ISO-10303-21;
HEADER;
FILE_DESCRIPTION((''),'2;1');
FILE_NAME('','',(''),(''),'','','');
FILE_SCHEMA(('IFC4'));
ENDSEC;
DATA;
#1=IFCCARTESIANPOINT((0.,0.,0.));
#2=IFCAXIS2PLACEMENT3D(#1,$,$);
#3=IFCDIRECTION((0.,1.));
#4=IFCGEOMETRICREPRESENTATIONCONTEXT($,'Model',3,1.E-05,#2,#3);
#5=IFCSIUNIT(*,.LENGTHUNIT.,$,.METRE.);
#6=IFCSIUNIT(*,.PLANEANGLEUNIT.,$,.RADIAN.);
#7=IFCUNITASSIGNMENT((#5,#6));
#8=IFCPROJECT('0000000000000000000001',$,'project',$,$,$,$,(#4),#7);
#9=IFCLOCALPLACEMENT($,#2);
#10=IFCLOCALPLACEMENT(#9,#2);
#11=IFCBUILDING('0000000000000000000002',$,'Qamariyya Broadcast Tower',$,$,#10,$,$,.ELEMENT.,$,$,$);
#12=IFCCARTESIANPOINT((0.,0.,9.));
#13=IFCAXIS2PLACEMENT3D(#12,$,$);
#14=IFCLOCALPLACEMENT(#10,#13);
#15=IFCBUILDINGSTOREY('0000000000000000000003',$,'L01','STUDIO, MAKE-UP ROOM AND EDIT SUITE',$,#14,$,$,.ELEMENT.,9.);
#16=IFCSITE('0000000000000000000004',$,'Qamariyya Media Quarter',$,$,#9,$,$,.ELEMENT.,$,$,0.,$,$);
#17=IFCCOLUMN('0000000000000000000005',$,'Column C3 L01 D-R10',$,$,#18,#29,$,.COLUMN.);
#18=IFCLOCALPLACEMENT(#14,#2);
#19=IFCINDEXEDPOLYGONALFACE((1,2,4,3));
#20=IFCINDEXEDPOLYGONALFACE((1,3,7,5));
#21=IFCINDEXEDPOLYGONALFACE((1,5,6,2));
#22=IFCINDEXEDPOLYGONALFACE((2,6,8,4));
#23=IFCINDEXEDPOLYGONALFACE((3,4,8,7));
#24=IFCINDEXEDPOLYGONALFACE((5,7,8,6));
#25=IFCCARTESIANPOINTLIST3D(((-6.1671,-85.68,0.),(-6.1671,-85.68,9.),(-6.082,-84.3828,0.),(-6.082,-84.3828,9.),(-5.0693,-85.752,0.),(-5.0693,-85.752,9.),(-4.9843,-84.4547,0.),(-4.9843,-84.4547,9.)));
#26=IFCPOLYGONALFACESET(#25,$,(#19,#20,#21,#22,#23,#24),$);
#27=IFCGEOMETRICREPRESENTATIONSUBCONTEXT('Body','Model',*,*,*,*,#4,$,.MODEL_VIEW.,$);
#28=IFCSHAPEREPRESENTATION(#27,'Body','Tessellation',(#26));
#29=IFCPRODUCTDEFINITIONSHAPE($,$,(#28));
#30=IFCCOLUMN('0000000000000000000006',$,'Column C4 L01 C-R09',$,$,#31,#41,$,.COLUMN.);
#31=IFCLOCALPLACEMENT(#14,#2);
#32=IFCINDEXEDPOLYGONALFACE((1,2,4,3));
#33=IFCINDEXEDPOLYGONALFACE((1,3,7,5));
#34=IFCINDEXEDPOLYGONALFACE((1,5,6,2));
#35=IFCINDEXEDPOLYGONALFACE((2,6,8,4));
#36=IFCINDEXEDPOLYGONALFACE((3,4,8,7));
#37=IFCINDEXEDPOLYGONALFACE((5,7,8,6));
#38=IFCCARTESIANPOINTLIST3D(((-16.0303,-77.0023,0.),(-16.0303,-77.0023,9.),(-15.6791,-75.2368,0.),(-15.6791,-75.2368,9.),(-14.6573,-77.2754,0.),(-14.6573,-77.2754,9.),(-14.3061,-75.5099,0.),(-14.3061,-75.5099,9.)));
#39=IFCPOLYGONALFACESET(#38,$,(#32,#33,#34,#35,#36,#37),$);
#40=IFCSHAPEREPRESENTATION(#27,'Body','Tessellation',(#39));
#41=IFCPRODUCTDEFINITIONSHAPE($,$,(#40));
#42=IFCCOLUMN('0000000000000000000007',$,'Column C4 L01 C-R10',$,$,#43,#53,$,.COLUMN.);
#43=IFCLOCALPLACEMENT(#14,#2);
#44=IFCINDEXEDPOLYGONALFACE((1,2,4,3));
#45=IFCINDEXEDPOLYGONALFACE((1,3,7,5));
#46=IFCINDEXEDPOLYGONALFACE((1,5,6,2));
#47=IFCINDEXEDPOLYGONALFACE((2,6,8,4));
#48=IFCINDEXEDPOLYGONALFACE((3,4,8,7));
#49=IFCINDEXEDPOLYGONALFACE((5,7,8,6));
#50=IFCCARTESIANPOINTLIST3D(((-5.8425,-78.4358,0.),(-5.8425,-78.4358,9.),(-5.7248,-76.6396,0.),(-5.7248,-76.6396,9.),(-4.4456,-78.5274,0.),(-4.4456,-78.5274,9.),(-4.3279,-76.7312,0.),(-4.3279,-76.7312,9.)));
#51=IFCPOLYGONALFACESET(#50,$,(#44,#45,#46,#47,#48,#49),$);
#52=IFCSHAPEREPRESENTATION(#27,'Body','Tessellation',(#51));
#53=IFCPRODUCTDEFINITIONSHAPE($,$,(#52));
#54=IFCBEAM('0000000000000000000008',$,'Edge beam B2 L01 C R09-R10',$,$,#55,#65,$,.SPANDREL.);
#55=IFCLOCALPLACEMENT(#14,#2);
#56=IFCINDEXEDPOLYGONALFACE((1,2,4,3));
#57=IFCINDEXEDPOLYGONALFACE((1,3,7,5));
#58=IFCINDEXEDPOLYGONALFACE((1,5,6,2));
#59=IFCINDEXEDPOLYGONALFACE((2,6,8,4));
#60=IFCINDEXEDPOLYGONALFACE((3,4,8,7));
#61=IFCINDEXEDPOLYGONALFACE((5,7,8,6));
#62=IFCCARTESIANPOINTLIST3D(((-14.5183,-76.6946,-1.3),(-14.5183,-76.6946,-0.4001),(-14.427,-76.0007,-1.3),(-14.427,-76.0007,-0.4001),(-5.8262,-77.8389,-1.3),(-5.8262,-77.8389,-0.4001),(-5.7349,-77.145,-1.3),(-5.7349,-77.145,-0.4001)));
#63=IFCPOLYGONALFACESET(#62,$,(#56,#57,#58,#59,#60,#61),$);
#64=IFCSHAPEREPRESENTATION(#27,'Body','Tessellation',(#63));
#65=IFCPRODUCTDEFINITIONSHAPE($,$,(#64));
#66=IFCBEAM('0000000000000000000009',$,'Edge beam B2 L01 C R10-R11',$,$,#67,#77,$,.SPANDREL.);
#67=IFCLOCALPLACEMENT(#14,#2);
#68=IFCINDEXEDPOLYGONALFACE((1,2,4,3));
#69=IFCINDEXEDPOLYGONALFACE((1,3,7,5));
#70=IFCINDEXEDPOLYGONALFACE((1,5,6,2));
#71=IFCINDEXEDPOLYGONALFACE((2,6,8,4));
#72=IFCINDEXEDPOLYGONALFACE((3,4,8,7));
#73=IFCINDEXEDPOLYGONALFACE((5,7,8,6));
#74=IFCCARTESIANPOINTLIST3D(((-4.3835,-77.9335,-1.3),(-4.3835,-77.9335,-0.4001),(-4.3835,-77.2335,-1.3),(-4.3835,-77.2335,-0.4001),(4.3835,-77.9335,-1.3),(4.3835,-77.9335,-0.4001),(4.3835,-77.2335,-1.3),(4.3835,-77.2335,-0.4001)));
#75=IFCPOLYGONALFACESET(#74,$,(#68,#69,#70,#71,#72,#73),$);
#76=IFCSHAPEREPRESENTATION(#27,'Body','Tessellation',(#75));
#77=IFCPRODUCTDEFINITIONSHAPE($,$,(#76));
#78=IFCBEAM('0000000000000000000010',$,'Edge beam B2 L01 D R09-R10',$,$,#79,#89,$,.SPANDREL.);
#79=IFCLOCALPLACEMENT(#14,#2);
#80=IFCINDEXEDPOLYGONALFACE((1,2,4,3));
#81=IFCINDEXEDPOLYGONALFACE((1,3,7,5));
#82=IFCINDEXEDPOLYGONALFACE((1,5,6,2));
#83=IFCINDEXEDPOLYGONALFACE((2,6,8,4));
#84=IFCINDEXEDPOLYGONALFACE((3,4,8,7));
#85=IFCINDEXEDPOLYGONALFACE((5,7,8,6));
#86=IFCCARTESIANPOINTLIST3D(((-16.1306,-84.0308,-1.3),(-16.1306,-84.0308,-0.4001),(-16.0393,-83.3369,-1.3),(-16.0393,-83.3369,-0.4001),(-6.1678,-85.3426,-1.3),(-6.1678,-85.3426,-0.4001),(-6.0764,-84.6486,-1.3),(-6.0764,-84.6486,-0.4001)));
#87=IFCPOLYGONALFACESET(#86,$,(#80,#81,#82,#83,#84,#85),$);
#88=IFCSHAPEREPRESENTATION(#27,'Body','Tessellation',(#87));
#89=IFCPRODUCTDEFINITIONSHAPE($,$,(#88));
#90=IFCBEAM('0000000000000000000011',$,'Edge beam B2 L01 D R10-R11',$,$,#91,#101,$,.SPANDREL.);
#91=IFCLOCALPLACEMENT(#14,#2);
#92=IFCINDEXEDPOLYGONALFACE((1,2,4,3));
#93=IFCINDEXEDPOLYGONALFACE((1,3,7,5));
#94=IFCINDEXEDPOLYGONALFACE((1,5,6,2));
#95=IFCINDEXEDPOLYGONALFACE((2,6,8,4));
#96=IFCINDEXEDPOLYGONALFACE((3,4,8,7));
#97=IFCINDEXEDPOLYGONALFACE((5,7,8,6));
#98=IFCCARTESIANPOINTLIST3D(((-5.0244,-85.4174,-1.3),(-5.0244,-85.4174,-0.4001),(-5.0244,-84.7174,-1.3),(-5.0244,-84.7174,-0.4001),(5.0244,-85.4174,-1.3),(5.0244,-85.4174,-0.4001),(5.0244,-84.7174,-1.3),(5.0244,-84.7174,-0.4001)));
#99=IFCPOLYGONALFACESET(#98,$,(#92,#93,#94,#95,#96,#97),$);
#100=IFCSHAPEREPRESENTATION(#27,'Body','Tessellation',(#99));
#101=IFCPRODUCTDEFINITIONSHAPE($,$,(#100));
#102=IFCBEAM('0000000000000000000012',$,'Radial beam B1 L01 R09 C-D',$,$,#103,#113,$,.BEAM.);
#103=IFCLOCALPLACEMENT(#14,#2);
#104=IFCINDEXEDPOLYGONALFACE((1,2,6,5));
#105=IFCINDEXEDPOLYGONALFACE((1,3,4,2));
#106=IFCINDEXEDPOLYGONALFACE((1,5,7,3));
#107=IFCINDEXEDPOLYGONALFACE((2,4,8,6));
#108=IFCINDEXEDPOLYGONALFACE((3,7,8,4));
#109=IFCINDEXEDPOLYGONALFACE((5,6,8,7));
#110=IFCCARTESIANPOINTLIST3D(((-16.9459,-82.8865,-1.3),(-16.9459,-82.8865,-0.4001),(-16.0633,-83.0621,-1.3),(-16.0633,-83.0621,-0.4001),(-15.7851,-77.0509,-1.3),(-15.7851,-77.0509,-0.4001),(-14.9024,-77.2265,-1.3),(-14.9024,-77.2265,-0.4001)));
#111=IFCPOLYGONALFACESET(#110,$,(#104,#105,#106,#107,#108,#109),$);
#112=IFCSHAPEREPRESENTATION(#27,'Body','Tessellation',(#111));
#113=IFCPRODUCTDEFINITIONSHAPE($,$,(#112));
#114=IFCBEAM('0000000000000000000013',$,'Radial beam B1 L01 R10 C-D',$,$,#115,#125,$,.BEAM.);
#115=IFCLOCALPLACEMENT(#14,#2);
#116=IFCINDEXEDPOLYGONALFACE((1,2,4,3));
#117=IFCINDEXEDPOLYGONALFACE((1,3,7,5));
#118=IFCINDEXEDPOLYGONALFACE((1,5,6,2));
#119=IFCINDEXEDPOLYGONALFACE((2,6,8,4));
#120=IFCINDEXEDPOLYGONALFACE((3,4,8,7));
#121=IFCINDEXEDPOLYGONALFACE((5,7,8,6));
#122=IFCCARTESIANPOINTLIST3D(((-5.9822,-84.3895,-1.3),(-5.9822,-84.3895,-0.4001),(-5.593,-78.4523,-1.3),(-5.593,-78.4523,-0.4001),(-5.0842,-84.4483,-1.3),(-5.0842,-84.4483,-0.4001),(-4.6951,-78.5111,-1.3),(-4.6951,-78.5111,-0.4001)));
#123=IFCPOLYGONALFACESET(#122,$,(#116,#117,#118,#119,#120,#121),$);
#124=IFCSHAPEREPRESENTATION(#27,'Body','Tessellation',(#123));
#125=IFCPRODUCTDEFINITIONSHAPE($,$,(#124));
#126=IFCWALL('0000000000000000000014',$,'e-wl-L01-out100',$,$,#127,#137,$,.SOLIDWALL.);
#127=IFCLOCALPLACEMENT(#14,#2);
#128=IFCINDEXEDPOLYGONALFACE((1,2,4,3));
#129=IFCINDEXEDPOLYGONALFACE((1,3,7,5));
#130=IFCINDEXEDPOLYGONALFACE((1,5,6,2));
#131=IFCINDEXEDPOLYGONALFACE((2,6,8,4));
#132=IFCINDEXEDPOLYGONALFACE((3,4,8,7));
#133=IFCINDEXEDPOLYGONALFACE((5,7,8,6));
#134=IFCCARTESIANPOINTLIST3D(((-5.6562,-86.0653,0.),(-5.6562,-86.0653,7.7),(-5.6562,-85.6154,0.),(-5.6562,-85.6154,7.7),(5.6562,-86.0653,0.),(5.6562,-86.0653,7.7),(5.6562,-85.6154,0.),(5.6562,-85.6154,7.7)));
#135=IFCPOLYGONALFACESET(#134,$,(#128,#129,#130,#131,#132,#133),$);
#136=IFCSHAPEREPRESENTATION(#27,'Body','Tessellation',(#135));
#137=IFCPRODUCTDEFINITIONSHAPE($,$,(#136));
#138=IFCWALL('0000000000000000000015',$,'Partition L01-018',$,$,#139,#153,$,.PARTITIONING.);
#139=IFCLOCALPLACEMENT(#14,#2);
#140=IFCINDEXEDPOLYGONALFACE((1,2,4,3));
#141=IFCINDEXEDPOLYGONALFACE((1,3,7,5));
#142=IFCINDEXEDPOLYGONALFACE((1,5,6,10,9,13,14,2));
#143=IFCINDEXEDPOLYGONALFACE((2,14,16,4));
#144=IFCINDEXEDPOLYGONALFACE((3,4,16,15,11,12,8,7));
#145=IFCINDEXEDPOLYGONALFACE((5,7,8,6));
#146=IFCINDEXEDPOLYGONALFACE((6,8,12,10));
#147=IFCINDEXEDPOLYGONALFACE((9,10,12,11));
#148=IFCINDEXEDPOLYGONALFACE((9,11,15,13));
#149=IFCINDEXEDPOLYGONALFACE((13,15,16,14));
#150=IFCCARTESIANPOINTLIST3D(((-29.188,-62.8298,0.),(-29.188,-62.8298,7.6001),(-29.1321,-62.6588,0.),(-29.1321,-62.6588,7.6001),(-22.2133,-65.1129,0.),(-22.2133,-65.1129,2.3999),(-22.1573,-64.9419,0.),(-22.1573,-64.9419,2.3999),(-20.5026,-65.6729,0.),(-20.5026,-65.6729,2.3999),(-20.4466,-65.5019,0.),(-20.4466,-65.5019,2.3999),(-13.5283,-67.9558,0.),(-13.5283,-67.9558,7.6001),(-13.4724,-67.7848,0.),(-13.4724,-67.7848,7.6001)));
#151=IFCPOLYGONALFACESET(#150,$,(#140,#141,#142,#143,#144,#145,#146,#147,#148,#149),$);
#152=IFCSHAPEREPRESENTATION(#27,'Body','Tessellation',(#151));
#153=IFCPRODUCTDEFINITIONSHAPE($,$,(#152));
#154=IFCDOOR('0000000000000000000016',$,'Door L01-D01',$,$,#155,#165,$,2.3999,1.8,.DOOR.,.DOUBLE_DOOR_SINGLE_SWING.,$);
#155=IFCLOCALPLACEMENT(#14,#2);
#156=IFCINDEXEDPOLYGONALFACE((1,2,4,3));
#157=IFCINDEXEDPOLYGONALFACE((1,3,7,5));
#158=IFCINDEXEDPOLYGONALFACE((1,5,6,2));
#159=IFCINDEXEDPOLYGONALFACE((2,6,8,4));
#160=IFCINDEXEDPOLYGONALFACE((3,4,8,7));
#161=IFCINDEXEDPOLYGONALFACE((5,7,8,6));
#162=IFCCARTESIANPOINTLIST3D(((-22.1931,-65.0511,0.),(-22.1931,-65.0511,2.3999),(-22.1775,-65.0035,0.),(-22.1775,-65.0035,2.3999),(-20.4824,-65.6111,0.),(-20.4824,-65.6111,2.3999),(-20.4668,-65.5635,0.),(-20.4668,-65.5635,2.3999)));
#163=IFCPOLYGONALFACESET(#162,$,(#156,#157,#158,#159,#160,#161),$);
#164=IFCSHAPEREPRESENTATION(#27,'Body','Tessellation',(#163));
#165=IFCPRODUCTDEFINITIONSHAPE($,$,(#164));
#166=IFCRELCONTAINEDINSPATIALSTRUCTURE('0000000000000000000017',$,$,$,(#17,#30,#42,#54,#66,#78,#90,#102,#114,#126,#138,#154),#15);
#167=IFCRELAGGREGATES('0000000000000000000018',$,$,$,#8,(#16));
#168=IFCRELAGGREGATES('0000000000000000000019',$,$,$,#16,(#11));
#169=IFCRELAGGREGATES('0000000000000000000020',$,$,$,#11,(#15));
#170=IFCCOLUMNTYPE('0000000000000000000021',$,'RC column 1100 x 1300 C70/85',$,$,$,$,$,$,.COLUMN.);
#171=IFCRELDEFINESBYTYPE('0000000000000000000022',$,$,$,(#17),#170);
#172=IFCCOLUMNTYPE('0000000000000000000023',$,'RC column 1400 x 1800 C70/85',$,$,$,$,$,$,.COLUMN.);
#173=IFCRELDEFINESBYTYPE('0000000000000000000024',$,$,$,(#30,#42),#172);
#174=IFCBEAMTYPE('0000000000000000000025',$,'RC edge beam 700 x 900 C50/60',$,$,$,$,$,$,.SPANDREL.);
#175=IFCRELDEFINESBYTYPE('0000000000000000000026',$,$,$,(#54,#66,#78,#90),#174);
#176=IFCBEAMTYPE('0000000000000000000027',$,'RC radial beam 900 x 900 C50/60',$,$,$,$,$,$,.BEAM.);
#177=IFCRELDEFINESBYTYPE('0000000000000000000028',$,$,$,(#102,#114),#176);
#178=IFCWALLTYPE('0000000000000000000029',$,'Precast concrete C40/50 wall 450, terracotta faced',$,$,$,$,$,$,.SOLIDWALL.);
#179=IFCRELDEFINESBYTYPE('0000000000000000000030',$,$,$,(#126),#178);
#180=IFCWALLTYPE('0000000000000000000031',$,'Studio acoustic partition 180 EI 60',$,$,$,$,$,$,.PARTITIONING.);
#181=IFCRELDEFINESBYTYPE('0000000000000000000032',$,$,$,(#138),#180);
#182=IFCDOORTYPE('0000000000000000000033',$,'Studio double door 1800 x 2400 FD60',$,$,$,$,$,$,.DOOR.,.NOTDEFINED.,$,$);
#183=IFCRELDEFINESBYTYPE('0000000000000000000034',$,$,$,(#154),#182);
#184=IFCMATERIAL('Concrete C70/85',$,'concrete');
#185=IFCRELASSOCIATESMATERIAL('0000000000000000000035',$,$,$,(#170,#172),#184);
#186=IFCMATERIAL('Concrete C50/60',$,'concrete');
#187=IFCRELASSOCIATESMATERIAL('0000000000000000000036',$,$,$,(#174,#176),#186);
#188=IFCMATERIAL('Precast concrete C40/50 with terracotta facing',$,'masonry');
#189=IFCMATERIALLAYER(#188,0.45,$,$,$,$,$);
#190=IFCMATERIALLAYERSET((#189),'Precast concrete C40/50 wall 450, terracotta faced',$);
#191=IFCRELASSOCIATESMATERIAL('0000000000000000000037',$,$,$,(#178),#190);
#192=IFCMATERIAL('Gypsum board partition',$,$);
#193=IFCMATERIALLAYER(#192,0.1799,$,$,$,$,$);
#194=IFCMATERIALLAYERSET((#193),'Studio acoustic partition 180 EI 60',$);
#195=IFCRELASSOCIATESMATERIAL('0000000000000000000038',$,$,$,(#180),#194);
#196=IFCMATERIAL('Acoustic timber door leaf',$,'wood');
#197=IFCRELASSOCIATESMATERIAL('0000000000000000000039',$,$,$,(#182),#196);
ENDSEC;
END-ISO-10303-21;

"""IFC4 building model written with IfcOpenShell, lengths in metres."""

from ifc_helpers import new_model, si_unit, direction, frame, frame_2d, origin, origin_2d, place, context, subcontext, project, spatial, rectangle, extrude, material, layer, layer_set, material_profile, profile_set, type_object, element, fill, save


model = new_model("IFC4")

# Units and contexts
model_context = context("Model", 3, precision=1e-05, world=origin(), true_north=direction((0.0, 1.0)))
body_context = subcontext(model_context, "Body", "Model", "MODEL_VIEW")
ifc_project = project(units=[si_unit("LENGTHUNIT", "METRE"), si_unit("PLANEANGLEUNIT", "RADIAN")], contexts=[model_context])

# Site, building, storey
site_placement = place(None, origin())
site = spatial("IfcSite", under=ifc_project, at=site_placement, Name="Qamariyya Media Quarter", CompositionType="ELEMENT", RefElevation=0.0)
building_placement = place(site_placement, origin())
building = spatial("IfcBuilding", under=site, at=building_placement, Name="Qamariyya Broadcast Tower", CompositionType="ELEMENT")
storey_placement = place(building_placement, frame((0.0, 0.0, 9.0)))
storey = spatial("IfcBuildingStorey", under=building, at=storey_placement, Name="L01", Description="STUDIO, MAKE-UP ROOM AND EDIT SUITE", CompositionType="ELEMENT", Elevation=9.0)

# Columns
ifc_material_1 = material(Name="Concrete C70/85", Category="concrete")
ifc_material_profile_1 = material_profile(ifc_material_1, rectangle(XDim=1.1001, YDim=1.3, at=origin_2d()))
ifc_profile_set_1 = profile_set([ifc_material_profile_1], Name="Concrete C70/85")
column_type_1 = type_object("IfcColumnType", Name="RC column 1100 x 1300 C70/85", PredefinedType="COLUMN", material=ifc_profile_set_1)
column_placement = place(storey_placement, frame((-5.5757, -85.0674, 0.0), z_axis=(0.0, 0.0, 1.0), x_axis=(0.997859, -0.065403, 0.0)))
element("IfcColumn", 1, at=column_placement, inside=storey, type_object=column_type_1, Name="Column C3 L01 D-R10", PredefinedType="COLUMN", context=body_context, shape_type="SweptSolid", body=[
    extrude(rectangle(XDim=1.1001, YDim=1.3, at=origin_2d()), origin(), (0.0, 0.0, 1.0), 9.0),
])
ifc_material_profile_2 = material_profile(ifc_material_1, rectangle(XDim=1.3999, YDim=1.8, at=origin_2d()))
ifc_profile_set_2 = profile_set([ifc_material_profile_2], Name="Concrete C70/85")
column_type_2 = type_object("IfcColumnType", Name="RC column 1400 x 1800 C70/85", PredefinedType="COLUMN", material=ifc_profile_set_2)
for number, where, z_axis, x_axis, name in (
    (2, (-15.1682, -76.2561, 0.0), (0.0, 0.0, 1.0), (0.980785, -0.19509, 0.0), "Column C4 L01 C-R09"),
    (3, (-5.0852, -77.5835, 0.0), (0.0, 0.0, 1.0), (0.997859, -0.065403, 0.0), "Column C4 L01 C-R10"),
):
    element("IfcColumn", number, at=place(storey_placement, frame(where, z_axis=z_axis, x_axis=x_axis)), inside=storey, type_object=column_type_2, Name=name, PredefinedType="COLUMN", context=body_context, shape_type="SweptSolid", body=[
        extrude(rectangle(XDim=1.3999, YDim=1.8, at=origin_2d()), origin(), (0.0, 0.0, 1.0), 9.0),
    ])

# Beams
ifc_material_2 = material(Name="Concrete C50/60", Category="concrete")
ifc_material_profile_3 = material_profile(ifc_material_2, rectangle(XDim=0.7, YDim=0.8999, at=origin_2d()))
ifc_profile_set_3 = profile_set([ifc_material_profile_3], Name="Concrete C50/60")
beam_type_1 = type_object("IfcBeamType", Name="RC edge beam 700 x 900 C50/60", PredefinedType="SPANDREL", material=ifc_profile_set_3)
for number, where, z_axis, x_axis, name in (
    (4, (-14.4727, -76.3477, -0.8501), (0.991446, -0.13052, 0.0), (0.13052, 0.991446, 0.0), "Edge beam B2 L01 C R09-R10"),
    (5, (-4.3835, -77.5835, -0.8501), (1.0, 0.0, 0.0), (0.0, 1.0, 0.0), "Edge beam B2 L01 C R10-R11"),
):
    element("IfcBeam", number, at=place(storey_placement, frame(where, z_axis=z_axis, x_axis=x_axis)), inside=storey, type_object=beam_type_1, Name=name, PredefinedType="SPANDREL", context=body_context, shape_type="SweptSolid", body=[
        extrude(rectangle(XDim=0.7, YDim=0.8999, at=origin_2d()), origin(), (0.0, 0.0, 1.0), 8.7671),
    ])
for number, where, z_axis, x_axis, name in (
    (6, (-16.085, -83.6838, -0.8501), (0.991443, -0.130539, 0.0), (0.130539, 0.991443, 0.0), "Edge beam B2 L01 D R09-R10"),
    (7, (-5.0244, -85.0674, -0.8501), (1.0, 0.0, 0.0), (0.0, 1.0, 0.0), "Edge beam B2 L01 D R10-R11"),
):
    element("IfcBeam", number, at=place(storey_placement, frame(where, z_axis=z_axis, x_axis=x_axis)), inside=storey, type_object=beam_type_1, Name=name, PredefinedType="SPANDREL", context=body_context, shape_type="SweptSolid", body=[
        extrude(rectangle(XDim=0.7, YDim=0.8999, at=origin_2d()), origin(), (0.0, 0.0, 1.0), 10.0488),
    ])
ifc_material_profile_4 = material_profile(ifc_material_2, rectangle(XDim=0.8999, YDim=0.8999, at=origin_2d()))
ifc_profile_set_4 = profile_set([ifc_material_profile_4], Name="Concrete C50/60")
beam_type_2 = type_object("IfcBeamType", Name="RC radial beam 900 x 900 C50/60", PredefinedType="BEAM", material=ifc_profile_set_4)
for number, where, z_axis, x_axis, name in (
    (8, (-15.3438, -77.1387, -0.8501), (-0.195106, -0.980782, 0.0), (0.980782, -0.195106, 0.0), "Radial beam B1 L01 R09 C-D"),
    (9, (-5.144, -78.4817, -0.8501), (-0.065405, -0.997859, 0.0), (0.997859, -0.065405, 0.0), "Radial beam B1 L01 R10 C-D"),
):
    element("IfcBeam", number, at=place(storey_placement, frame(where, z_axis=z_axis, x_axis=x_axis)), inside=storey, type_object=beam_type_2, Name=name, PredefinedType="BEAM", context=body_context, shape_type="SweptSolid", body=[
        extrude(rectangle(XDim=0.8999, YDim=0.8999, at=origin_2d()), origin(), (0.0, 0.0, 1.0), 5.95),
    ])

# Wall
ifc_material_3 = material(Name="Precast concrete C40/50 with terracotta facing", Category="masonry")
ifc_layer_1 = layer(ifc_material_3, 0.45)
ifc_layer_set_1 = layer_set([ifc_layer_1], Name="Precast concrete C40/50 wall 450, terracotta faced")
wall_type_1 = type_object("IfcWallType", Name="Precast concrete C40/50 wall 450, terracotta faced", PredefinedType="SOLIDWALL", material=ifc_layer_set_1)
wall_1_placement = place(storey_placement, frame((-5.6562, -85.8403, 0.0), z_axis=(0.0, 0.0, 1.0), x_axis=(1.0, 0.0, 0.0)))
element("IfcWall", 10, at=wall_1_placement, inside=storey, type_object=wall_type_1, Name="e-wl-L01-out100", PredefinedType="SOLIDWALL", context=body_context, shape_type="SweptSolid", body=[
    extrude(rectangle(XDim=11.3125, YDim=0.45, at=frame_2d((5.6562, 0.0))), origin(), (0.0, 0.0, 1.0), 7.7),
])

# Wall, opening, door
ifc_material_4 = material(Name="Gypsum board partition")
ifc_layer_2 = layer(ifc_material_4, 0.1799)
ifc_layer_set_2 = layer_set([ifc_layer_2], Name="Studio acoustic partition 180 EI 60")
wall_type_2 = type_object("IfcWallType", Name="Studio acoustic partition 180 EI 60", PredefinedType="PARTITIONING", material=ifc_layer_set_2)
wall_2_placement = place(storey_placement, frame((-13.5002, -67.8704, 0.0), z_axis=(0.0, 0.0, 1.0), x_axis=(-0.950379, 0.311094, 0.0)))
wall_2 = element("IfcWall", 11, at=wall_2_placement, inside=storey, type_object=wall_type_2, Name="Partition L01-018", PredefinedType="PARTITIONING", context=body_context, shape_type="SweptSolid", body=[
    extrude(rectangle(XDim=16.4773, YDim=0.1799, at=frame_2d((8.2388, 0.0))), origin(), (0.0, 0.0, 1.0), 7.6001),
])
opening_1_placement = place(wall_2_placement, frame((7.3386, 0.0, 0.0)))
opening_1 = element("IfcOpeningElement", 12, at=opening_1_placement, cuts=wall_2, PredefinedType="OPENING", context=body_context, shape_type="SweptSolid", body=[
    extrude(rectangle(XDim=1.8, YDim=2.3999, at=frame_2d((0.8999, 1.2))), frame((0.0, 0.0999, 0.0), z_axis=(0.0, -1.0, 0.0), x_axis=(1.0, 0.0, 0.0)), (0.0, 0.0, 1.0), 0.2),
])
ifc_material_5 = material(Name="Acoustic timber door leaf", Category="wood")
door_type_1 = type_object("IfcDoorType", Name="Studio double door 1800 x 2400 FD60", OperationType="NOTDEFINED", PredefinedType="DOOR", material=ifc_material_5)
door_1_placement = place(opening_1_placement, origin())
door_1 = element("IfcDoor", 13, at=door_1_placement, inside=storey, type_object=door_type_1, Name="Door L01-D01", OperationType="DOUBLE_DOOR_SINGLE_SWING", OverallHeight=2.3999, OverallWidth=1.8, PredefinedType="DOOR", context=body_context, shape_type="SweptSolid", body=[
    extrude(rectangle(XDim=1.8, YDim=2.3999, at=frame_2d((0.8999, 1.2))), frame((0.0, 0.0249, 0.0), z_axis=(0.0, -1.0, 0.0), x_axis=(1.0, 0.0, 0.0)), (0.0, 0.0, 1.0), 0.05),
])
fill(opening_1, door_1)

save(model, "model.ifc")
